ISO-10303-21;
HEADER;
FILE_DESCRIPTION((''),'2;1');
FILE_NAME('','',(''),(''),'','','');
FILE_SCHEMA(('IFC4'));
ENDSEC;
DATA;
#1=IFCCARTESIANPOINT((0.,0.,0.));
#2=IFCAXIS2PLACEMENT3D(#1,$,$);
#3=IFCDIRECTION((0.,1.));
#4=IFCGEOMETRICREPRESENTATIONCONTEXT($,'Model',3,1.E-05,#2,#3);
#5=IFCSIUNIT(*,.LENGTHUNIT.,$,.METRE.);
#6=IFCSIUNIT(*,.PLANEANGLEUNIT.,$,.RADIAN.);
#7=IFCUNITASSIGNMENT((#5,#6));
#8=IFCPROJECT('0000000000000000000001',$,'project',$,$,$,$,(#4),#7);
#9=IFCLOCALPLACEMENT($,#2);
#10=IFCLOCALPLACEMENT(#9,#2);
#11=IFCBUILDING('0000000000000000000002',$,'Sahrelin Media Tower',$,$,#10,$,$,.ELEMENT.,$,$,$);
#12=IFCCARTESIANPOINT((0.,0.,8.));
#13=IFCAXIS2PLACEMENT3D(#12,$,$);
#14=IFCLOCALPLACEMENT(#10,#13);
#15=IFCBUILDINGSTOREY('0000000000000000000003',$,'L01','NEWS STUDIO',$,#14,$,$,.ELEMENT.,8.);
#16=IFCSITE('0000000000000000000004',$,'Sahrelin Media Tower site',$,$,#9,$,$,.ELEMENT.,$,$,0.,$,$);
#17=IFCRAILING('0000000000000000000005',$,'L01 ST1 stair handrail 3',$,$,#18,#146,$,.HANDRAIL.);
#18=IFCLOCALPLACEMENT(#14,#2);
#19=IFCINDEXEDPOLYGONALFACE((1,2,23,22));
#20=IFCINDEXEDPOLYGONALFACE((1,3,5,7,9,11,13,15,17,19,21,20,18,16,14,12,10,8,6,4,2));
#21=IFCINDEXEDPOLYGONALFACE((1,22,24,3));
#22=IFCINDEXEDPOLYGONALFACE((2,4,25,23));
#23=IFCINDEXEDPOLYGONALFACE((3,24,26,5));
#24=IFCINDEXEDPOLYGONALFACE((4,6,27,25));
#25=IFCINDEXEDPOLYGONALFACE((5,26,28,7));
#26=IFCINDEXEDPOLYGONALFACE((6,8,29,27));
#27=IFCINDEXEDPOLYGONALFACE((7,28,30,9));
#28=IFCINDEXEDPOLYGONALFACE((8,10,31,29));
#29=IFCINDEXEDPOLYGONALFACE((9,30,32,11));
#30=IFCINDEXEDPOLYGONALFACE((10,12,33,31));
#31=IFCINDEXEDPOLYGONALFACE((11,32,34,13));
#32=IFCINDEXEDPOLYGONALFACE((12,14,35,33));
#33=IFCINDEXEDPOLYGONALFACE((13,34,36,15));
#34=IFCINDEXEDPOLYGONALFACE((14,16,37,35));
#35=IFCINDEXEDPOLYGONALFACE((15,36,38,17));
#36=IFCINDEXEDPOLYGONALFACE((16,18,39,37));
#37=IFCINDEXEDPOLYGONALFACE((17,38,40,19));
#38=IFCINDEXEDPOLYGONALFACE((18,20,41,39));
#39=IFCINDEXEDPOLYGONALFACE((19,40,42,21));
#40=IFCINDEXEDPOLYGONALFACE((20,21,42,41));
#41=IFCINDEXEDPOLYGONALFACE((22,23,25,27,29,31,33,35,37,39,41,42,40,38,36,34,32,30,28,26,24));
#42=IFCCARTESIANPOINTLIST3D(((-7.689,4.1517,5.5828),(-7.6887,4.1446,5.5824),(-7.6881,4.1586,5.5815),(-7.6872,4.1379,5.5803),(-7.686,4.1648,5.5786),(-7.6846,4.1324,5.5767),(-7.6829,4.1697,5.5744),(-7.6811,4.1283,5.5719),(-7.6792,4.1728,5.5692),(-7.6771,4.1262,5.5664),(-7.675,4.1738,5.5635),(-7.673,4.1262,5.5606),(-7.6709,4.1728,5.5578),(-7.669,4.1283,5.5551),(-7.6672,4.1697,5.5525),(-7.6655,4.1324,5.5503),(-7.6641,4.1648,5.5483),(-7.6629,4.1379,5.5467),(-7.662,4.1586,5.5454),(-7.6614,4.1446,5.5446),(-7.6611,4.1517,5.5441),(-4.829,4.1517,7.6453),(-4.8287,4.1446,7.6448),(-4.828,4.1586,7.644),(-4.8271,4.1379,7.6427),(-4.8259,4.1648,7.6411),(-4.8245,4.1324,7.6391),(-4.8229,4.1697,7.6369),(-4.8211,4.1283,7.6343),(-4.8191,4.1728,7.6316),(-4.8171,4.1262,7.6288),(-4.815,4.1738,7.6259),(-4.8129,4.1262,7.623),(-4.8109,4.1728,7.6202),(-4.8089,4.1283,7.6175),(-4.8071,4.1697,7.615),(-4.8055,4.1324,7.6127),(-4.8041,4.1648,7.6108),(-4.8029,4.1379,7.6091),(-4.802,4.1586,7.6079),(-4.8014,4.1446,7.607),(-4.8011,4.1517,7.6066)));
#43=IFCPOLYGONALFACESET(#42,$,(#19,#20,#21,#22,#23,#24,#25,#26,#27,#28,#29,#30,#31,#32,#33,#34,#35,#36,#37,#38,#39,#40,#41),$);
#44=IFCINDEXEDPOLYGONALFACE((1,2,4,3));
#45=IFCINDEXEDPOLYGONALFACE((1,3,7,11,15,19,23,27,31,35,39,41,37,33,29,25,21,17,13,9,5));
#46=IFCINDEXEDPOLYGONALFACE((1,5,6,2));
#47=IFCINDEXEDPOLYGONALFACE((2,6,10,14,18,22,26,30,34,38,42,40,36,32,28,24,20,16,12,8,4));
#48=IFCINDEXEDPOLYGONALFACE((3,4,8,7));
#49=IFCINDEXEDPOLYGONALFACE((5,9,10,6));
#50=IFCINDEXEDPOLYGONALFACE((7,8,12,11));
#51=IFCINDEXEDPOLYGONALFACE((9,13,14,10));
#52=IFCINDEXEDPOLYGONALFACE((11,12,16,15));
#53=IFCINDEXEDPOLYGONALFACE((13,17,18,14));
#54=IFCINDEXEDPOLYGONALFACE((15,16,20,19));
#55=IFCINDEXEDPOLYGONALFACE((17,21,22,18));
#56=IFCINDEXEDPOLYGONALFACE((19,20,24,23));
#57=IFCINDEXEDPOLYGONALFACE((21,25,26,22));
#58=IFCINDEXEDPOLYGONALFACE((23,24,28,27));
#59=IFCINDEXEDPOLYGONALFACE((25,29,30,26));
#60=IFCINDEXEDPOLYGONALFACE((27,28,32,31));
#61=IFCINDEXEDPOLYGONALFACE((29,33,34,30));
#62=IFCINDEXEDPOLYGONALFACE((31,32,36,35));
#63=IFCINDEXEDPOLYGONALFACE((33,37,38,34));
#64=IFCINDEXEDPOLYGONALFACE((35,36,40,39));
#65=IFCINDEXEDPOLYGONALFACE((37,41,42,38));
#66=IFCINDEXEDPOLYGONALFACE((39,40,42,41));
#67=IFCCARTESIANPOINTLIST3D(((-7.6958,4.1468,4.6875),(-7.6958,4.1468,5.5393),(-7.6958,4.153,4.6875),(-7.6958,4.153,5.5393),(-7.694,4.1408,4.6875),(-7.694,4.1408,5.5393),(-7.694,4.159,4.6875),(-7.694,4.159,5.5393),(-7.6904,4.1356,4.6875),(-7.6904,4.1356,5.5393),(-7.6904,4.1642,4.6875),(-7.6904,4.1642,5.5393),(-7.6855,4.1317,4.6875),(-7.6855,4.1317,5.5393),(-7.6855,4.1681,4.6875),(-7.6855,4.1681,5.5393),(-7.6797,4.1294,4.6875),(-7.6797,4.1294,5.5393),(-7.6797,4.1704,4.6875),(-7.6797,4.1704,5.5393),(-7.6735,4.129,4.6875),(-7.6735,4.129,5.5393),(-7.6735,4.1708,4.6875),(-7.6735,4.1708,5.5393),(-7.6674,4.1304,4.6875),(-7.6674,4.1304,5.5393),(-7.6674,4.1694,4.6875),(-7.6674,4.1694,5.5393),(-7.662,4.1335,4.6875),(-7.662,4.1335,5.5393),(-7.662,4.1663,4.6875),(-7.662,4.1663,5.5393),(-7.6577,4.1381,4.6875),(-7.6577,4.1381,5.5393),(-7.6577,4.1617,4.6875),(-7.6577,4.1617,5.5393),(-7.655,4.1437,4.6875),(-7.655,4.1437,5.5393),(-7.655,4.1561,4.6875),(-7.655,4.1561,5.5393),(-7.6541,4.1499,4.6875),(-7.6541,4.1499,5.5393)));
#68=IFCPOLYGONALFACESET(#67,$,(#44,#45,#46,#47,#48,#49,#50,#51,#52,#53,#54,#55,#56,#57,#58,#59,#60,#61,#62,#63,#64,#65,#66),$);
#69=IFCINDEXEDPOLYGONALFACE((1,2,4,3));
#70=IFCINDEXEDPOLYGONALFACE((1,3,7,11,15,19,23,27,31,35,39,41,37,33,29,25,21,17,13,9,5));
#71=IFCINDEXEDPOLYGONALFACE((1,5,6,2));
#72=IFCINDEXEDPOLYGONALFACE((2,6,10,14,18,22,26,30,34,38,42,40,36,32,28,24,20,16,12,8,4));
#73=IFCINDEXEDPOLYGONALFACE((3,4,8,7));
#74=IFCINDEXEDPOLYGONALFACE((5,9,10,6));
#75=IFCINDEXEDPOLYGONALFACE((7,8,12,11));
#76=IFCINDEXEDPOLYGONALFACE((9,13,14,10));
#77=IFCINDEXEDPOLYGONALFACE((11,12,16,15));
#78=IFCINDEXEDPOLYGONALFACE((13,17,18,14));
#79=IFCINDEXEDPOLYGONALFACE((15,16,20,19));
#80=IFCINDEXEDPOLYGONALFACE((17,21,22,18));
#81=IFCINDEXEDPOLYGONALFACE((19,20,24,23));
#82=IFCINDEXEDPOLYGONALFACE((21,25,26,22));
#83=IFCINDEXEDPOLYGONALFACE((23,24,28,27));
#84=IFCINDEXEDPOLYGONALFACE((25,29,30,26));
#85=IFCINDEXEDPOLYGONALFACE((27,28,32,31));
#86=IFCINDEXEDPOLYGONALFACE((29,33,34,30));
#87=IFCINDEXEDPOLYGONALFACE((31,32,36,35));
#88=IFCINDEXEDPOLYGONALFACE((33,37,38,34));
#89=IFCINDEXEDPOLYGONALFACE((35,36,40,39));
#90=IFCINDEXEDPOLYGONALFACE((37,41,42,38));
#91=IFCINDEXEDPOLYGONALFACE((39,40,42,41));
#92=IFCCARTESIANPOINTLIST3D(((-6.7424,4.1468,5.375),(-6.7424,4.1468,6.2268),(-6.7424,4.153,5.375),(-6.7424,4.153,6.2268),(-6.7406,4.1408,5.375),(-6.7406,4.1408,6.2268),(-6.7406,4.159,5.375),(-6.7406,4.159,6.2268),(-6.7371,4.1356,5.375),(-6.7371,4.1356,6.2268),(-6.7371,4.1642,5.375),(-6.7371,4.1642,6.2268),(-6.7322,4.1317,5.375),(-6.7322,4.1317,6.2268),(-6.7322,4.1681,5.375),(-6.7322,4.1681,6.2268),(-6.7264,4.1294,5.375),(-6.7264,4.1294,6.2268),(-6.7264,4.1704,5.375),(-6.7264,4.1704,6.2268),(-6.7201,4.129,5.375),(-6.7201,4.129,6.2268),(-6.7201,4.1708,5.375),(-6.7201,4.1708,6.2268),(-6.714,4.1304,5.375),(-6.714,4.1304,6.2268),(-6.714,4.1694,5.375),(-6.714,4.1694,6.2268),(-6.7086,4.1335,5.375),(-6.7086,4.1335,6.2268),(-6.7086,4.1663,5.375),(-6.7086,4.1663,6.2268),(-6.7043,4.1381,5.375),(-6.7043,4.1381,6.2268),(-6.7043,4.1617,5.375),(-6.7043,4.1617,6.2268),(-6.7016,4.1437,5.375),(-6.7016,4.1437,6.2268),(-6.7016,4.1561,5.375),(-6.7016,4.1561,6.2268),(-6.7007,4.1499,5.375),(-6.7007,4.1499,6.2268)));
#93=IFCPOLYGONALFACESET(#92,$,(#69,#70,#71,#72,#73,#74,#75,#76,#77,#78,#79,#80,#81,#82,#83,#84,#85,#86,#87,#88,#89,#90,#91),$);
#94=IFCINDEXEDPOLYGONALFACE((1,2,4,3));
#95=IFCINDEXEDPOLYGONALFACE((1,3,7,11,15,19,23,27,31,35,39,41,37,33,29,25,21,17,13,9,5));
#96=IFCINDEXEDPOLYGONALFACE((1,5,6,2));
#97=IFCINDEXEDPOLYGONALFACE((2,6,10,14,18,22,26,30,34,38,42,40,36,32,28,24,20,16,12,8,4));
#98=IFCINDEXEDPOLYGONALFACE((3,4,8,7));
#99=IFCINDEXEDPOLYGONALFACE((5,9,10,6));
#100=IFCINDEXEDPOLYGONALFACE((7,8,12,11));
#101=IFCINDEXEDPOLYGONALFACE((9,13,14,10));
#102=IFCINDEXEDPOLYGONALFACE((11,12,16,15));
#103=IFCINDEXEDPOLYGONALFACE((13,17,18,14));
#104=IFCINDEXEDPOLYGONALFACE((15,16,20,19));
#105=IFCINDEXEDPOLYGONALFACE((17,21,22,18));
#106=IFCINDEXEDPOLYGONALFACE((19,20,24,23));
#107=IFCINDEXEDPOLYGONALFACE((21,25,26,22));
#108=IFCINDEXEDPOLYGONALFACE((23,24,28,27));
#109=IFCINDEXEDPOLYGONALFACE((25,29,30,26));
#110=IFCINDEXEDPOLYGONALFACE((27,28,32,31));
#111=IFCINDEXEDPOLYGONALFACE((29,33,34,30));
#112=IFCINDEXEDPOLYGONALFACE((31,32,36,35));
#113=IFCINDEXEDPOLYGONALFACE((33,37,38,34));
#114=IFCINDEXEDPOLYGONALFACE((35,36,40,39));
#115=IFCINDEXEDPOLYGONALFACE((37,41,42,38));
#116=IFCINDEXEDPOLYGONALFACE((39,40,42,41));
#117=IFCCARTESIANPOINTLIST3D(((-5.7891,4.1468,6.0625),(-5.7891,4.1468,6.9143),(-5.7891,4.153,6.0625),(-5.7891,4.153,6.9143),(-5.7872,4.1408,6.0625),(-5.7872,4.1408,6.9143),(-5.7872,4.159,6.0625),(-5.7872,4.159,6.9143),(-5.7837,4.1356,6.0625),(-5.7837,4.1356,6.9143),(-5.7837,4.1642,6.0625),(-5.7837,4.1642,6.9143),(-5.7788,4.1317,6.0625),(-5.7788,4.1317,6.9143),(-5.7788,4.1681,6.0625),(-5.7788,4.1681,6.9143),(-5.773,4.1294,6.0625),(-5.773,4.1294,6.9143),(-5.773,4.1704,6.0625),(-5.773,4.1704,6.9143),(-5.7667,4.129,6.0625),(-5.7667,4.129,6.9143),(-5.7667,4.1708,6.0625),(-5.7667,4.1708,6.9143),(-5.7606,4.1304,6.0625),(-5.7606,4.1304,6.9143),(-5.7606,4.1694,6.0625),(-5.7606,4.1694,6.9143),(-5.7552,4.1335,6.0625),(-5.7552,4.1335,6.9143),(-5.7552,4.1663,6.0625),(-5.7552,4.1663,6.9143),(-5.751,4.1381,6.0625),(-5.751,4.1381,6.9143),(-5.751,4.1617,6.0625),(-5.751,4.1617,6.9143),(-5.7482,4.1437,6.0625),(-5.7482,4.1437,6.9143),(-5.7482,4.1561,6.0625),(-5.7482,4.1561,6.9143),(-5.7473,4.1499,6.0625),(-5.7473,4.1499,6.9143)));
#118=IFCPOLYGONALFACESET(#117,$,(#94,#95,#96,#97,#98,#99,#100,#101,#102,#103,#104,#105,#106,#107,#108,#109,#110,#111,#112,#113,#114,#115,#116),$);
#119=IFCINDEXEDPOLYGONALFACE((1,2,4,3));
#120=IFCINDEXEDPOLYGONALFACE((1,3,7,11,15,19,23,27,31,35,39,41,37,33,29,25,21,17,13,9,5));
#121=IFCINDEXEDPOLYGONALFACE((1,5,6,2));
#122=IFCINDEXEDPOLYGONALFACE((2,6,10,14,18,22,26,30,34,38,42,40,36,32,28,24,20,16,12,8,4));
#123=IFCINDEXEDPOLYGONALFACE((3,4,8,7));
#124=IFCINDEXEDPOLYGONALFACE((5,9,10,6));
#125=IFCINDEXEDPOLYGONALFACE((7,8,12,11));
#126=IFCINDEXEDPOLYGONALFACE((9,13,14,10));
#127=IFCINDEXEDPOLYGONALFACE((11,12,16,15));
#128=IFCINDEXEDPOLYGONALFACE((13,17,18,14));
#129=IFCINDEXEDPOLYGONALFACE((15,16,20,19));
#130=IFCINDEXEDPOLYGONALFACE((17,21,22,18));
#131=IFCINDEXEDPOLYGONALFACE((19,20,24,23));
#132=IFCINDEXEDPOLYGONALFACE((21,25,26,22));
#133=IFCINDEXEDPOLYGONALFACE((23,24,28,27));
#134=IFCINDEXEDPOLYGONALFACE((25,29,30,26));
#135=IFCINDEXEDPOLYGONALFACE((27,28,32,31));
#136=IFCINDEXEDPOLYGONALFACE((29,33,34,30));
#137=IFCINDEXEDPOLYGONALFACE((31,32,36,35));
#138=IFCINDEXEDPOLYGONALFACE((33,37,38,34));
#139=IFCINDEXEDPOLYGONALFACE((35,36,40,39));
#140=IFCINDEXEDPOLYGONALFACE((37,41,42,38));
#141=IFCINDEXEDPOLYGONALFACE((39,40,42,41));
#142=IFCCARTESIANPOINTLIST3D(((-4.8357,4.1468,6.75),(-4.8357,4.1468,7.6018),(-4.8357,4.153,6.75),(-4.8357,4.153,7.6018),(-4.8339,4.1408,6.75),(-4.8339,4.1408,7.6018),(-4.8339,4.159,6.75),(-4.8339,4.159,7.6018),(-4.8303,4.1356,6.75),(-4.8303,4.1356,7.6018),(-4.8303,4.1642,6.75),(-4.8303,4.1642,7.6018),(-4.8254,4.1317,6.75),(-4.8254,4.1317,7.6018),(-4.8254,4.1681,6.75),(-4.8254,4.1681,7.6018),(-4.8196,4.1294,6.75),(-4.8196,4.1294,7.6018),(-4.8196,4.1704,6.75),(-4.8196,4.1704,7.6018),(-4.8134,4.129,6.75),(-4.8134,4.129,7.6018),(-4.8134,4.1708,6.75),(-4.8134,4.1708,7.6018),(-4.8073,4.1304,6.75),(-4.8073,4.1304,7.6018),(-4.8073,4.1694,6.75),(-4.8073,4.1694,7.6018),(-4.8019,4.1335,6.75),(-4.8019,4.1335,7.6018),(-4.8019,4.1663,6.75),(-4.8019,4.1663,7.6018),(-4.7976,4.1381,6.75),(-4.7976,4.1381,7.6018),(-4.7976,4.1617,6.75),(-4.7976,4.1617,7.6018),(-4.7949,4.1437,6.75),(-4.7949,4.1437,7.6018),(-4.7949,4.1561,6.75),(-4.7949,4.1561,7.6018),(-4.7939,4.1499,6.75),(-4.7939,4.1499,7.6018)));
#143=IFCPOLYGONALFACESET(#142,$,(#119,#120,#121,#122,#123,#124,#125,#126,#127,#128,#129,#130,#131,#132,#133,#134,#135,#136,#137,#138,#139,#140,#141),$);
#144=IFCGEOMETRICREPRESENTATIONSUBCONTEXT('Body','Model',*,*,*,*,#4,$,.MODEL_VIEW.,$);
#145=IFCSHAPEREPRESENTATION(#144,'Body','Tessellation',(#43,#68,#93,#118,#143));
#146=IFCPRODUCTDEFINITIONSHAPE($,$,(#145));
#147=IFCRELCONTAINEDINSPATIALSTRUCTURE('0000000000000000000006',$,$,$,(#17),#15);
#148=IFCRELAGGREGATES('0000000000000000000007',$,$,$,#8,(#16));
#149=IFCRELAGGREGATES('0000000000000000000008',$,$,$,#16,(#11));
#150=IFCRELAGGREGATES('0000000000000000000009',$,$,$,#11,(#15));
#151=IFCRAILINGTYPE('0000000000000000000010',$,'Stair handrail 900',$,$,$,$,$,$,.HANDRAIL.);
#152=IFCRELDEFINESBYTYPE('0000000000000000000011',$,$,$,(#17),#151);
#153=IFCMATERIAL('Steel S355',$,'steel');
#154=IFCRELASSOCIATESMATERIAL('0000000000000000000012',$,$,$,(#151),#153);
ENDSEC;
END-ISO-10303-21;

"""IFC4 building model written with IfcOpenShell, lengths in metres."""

from ifc_helpers import new_model, si_unit, direction, frame, origin, origin_2d, place, context, subcontext, project, spatial, circle, extrude, material, type_object, element, save


model = new_model("IFC4")

# Units and contexts
model_context = context("Model", 3, precision=1e-05, world=origin(), true_north=direction((0.0, 1.0)))
body_context = subcontext(model_context, "Body", "Model", "MODEL_VIEW")
ifc_project = project(units=[si_unit("LENGTHUNIT", "METRE"), si_unit("PLANEANGLEUNIT", "RADIAN")], contexts=[model_context])

# Site, building, storey
site_placement = place(None, origin())
site = spatial("IfcSite", under=ifc_project, at=site_placement, Name="Sahrelin Media Tower site", CompositionType="ELEMENT", RefElevation=0.0)
building_placement = place(site_placement, origin())
building = spatial("IfcBuilding", under=site, at=building_placement, Name="Sahrelin Media Tower", CompositionType="ELEMENT")
storey_placement = place(building_placement, frame((0.0, 0.0, 8.0)))
storey = spatial("IfcBuildingStorey", under=building, at=storey_placement, Name="L01", Description="NEWS STUDIO", CompositionType="ELEMENT", Elevation=8.0)

# Railing
ifc_material_1 = material(Name="Steel S355", Category="steel")
railing_type_1 = type_object("IfcRailingType", Name="Stair handrail 900", PredefinedType="HANDRAIL", material=ifc_material_1)
for number, where, name in (
    (1, (-7.675, 4.1499, 4.6875), "L01 ST1 stair handrail 3"),
):
    element("IfcRailing", number, at=place(storey_placement, frame(where)), inside=storey, type_object=railing_type_1, Name=name, PredefinedType="HANDRAIL", context=body_context, shape_type="SweptSolid", body=[
        extrude(circle(Radius=0.0239, at=origin_2d()), frame((0.0, 0.0, 0.876), z_axis=(0.811101, 0.0, 0.584906), x_axis=(0.0, 1.0, 0.0)), (0.0, 0.0, 1.0), 3.5261),
        extrude(circle(Radius=0.021, at=origin_2d()), origin(), (0.0, 0.0, 1.0), 0.8518),
        extrude(circle(Radius=0.021, at=origin_2d()), frame((0.9534, 0.0, 0.6875)), (0.0, 0.0, 1.0), 0.8518),
        extrude(circle(Radius=0.021, at=origin_2d()), frame((1.9067, 0.0, 1.375)), (0.0, 0.0, 1.0), 0.8518),
        extrude(circle(Radius=0.021, at=origin_2d()), frame((2.8601, 0.0, 2.0625)), (0.0, 0.0, 1.0), 0.8518),
    ])

save(model, "model.ifc")
